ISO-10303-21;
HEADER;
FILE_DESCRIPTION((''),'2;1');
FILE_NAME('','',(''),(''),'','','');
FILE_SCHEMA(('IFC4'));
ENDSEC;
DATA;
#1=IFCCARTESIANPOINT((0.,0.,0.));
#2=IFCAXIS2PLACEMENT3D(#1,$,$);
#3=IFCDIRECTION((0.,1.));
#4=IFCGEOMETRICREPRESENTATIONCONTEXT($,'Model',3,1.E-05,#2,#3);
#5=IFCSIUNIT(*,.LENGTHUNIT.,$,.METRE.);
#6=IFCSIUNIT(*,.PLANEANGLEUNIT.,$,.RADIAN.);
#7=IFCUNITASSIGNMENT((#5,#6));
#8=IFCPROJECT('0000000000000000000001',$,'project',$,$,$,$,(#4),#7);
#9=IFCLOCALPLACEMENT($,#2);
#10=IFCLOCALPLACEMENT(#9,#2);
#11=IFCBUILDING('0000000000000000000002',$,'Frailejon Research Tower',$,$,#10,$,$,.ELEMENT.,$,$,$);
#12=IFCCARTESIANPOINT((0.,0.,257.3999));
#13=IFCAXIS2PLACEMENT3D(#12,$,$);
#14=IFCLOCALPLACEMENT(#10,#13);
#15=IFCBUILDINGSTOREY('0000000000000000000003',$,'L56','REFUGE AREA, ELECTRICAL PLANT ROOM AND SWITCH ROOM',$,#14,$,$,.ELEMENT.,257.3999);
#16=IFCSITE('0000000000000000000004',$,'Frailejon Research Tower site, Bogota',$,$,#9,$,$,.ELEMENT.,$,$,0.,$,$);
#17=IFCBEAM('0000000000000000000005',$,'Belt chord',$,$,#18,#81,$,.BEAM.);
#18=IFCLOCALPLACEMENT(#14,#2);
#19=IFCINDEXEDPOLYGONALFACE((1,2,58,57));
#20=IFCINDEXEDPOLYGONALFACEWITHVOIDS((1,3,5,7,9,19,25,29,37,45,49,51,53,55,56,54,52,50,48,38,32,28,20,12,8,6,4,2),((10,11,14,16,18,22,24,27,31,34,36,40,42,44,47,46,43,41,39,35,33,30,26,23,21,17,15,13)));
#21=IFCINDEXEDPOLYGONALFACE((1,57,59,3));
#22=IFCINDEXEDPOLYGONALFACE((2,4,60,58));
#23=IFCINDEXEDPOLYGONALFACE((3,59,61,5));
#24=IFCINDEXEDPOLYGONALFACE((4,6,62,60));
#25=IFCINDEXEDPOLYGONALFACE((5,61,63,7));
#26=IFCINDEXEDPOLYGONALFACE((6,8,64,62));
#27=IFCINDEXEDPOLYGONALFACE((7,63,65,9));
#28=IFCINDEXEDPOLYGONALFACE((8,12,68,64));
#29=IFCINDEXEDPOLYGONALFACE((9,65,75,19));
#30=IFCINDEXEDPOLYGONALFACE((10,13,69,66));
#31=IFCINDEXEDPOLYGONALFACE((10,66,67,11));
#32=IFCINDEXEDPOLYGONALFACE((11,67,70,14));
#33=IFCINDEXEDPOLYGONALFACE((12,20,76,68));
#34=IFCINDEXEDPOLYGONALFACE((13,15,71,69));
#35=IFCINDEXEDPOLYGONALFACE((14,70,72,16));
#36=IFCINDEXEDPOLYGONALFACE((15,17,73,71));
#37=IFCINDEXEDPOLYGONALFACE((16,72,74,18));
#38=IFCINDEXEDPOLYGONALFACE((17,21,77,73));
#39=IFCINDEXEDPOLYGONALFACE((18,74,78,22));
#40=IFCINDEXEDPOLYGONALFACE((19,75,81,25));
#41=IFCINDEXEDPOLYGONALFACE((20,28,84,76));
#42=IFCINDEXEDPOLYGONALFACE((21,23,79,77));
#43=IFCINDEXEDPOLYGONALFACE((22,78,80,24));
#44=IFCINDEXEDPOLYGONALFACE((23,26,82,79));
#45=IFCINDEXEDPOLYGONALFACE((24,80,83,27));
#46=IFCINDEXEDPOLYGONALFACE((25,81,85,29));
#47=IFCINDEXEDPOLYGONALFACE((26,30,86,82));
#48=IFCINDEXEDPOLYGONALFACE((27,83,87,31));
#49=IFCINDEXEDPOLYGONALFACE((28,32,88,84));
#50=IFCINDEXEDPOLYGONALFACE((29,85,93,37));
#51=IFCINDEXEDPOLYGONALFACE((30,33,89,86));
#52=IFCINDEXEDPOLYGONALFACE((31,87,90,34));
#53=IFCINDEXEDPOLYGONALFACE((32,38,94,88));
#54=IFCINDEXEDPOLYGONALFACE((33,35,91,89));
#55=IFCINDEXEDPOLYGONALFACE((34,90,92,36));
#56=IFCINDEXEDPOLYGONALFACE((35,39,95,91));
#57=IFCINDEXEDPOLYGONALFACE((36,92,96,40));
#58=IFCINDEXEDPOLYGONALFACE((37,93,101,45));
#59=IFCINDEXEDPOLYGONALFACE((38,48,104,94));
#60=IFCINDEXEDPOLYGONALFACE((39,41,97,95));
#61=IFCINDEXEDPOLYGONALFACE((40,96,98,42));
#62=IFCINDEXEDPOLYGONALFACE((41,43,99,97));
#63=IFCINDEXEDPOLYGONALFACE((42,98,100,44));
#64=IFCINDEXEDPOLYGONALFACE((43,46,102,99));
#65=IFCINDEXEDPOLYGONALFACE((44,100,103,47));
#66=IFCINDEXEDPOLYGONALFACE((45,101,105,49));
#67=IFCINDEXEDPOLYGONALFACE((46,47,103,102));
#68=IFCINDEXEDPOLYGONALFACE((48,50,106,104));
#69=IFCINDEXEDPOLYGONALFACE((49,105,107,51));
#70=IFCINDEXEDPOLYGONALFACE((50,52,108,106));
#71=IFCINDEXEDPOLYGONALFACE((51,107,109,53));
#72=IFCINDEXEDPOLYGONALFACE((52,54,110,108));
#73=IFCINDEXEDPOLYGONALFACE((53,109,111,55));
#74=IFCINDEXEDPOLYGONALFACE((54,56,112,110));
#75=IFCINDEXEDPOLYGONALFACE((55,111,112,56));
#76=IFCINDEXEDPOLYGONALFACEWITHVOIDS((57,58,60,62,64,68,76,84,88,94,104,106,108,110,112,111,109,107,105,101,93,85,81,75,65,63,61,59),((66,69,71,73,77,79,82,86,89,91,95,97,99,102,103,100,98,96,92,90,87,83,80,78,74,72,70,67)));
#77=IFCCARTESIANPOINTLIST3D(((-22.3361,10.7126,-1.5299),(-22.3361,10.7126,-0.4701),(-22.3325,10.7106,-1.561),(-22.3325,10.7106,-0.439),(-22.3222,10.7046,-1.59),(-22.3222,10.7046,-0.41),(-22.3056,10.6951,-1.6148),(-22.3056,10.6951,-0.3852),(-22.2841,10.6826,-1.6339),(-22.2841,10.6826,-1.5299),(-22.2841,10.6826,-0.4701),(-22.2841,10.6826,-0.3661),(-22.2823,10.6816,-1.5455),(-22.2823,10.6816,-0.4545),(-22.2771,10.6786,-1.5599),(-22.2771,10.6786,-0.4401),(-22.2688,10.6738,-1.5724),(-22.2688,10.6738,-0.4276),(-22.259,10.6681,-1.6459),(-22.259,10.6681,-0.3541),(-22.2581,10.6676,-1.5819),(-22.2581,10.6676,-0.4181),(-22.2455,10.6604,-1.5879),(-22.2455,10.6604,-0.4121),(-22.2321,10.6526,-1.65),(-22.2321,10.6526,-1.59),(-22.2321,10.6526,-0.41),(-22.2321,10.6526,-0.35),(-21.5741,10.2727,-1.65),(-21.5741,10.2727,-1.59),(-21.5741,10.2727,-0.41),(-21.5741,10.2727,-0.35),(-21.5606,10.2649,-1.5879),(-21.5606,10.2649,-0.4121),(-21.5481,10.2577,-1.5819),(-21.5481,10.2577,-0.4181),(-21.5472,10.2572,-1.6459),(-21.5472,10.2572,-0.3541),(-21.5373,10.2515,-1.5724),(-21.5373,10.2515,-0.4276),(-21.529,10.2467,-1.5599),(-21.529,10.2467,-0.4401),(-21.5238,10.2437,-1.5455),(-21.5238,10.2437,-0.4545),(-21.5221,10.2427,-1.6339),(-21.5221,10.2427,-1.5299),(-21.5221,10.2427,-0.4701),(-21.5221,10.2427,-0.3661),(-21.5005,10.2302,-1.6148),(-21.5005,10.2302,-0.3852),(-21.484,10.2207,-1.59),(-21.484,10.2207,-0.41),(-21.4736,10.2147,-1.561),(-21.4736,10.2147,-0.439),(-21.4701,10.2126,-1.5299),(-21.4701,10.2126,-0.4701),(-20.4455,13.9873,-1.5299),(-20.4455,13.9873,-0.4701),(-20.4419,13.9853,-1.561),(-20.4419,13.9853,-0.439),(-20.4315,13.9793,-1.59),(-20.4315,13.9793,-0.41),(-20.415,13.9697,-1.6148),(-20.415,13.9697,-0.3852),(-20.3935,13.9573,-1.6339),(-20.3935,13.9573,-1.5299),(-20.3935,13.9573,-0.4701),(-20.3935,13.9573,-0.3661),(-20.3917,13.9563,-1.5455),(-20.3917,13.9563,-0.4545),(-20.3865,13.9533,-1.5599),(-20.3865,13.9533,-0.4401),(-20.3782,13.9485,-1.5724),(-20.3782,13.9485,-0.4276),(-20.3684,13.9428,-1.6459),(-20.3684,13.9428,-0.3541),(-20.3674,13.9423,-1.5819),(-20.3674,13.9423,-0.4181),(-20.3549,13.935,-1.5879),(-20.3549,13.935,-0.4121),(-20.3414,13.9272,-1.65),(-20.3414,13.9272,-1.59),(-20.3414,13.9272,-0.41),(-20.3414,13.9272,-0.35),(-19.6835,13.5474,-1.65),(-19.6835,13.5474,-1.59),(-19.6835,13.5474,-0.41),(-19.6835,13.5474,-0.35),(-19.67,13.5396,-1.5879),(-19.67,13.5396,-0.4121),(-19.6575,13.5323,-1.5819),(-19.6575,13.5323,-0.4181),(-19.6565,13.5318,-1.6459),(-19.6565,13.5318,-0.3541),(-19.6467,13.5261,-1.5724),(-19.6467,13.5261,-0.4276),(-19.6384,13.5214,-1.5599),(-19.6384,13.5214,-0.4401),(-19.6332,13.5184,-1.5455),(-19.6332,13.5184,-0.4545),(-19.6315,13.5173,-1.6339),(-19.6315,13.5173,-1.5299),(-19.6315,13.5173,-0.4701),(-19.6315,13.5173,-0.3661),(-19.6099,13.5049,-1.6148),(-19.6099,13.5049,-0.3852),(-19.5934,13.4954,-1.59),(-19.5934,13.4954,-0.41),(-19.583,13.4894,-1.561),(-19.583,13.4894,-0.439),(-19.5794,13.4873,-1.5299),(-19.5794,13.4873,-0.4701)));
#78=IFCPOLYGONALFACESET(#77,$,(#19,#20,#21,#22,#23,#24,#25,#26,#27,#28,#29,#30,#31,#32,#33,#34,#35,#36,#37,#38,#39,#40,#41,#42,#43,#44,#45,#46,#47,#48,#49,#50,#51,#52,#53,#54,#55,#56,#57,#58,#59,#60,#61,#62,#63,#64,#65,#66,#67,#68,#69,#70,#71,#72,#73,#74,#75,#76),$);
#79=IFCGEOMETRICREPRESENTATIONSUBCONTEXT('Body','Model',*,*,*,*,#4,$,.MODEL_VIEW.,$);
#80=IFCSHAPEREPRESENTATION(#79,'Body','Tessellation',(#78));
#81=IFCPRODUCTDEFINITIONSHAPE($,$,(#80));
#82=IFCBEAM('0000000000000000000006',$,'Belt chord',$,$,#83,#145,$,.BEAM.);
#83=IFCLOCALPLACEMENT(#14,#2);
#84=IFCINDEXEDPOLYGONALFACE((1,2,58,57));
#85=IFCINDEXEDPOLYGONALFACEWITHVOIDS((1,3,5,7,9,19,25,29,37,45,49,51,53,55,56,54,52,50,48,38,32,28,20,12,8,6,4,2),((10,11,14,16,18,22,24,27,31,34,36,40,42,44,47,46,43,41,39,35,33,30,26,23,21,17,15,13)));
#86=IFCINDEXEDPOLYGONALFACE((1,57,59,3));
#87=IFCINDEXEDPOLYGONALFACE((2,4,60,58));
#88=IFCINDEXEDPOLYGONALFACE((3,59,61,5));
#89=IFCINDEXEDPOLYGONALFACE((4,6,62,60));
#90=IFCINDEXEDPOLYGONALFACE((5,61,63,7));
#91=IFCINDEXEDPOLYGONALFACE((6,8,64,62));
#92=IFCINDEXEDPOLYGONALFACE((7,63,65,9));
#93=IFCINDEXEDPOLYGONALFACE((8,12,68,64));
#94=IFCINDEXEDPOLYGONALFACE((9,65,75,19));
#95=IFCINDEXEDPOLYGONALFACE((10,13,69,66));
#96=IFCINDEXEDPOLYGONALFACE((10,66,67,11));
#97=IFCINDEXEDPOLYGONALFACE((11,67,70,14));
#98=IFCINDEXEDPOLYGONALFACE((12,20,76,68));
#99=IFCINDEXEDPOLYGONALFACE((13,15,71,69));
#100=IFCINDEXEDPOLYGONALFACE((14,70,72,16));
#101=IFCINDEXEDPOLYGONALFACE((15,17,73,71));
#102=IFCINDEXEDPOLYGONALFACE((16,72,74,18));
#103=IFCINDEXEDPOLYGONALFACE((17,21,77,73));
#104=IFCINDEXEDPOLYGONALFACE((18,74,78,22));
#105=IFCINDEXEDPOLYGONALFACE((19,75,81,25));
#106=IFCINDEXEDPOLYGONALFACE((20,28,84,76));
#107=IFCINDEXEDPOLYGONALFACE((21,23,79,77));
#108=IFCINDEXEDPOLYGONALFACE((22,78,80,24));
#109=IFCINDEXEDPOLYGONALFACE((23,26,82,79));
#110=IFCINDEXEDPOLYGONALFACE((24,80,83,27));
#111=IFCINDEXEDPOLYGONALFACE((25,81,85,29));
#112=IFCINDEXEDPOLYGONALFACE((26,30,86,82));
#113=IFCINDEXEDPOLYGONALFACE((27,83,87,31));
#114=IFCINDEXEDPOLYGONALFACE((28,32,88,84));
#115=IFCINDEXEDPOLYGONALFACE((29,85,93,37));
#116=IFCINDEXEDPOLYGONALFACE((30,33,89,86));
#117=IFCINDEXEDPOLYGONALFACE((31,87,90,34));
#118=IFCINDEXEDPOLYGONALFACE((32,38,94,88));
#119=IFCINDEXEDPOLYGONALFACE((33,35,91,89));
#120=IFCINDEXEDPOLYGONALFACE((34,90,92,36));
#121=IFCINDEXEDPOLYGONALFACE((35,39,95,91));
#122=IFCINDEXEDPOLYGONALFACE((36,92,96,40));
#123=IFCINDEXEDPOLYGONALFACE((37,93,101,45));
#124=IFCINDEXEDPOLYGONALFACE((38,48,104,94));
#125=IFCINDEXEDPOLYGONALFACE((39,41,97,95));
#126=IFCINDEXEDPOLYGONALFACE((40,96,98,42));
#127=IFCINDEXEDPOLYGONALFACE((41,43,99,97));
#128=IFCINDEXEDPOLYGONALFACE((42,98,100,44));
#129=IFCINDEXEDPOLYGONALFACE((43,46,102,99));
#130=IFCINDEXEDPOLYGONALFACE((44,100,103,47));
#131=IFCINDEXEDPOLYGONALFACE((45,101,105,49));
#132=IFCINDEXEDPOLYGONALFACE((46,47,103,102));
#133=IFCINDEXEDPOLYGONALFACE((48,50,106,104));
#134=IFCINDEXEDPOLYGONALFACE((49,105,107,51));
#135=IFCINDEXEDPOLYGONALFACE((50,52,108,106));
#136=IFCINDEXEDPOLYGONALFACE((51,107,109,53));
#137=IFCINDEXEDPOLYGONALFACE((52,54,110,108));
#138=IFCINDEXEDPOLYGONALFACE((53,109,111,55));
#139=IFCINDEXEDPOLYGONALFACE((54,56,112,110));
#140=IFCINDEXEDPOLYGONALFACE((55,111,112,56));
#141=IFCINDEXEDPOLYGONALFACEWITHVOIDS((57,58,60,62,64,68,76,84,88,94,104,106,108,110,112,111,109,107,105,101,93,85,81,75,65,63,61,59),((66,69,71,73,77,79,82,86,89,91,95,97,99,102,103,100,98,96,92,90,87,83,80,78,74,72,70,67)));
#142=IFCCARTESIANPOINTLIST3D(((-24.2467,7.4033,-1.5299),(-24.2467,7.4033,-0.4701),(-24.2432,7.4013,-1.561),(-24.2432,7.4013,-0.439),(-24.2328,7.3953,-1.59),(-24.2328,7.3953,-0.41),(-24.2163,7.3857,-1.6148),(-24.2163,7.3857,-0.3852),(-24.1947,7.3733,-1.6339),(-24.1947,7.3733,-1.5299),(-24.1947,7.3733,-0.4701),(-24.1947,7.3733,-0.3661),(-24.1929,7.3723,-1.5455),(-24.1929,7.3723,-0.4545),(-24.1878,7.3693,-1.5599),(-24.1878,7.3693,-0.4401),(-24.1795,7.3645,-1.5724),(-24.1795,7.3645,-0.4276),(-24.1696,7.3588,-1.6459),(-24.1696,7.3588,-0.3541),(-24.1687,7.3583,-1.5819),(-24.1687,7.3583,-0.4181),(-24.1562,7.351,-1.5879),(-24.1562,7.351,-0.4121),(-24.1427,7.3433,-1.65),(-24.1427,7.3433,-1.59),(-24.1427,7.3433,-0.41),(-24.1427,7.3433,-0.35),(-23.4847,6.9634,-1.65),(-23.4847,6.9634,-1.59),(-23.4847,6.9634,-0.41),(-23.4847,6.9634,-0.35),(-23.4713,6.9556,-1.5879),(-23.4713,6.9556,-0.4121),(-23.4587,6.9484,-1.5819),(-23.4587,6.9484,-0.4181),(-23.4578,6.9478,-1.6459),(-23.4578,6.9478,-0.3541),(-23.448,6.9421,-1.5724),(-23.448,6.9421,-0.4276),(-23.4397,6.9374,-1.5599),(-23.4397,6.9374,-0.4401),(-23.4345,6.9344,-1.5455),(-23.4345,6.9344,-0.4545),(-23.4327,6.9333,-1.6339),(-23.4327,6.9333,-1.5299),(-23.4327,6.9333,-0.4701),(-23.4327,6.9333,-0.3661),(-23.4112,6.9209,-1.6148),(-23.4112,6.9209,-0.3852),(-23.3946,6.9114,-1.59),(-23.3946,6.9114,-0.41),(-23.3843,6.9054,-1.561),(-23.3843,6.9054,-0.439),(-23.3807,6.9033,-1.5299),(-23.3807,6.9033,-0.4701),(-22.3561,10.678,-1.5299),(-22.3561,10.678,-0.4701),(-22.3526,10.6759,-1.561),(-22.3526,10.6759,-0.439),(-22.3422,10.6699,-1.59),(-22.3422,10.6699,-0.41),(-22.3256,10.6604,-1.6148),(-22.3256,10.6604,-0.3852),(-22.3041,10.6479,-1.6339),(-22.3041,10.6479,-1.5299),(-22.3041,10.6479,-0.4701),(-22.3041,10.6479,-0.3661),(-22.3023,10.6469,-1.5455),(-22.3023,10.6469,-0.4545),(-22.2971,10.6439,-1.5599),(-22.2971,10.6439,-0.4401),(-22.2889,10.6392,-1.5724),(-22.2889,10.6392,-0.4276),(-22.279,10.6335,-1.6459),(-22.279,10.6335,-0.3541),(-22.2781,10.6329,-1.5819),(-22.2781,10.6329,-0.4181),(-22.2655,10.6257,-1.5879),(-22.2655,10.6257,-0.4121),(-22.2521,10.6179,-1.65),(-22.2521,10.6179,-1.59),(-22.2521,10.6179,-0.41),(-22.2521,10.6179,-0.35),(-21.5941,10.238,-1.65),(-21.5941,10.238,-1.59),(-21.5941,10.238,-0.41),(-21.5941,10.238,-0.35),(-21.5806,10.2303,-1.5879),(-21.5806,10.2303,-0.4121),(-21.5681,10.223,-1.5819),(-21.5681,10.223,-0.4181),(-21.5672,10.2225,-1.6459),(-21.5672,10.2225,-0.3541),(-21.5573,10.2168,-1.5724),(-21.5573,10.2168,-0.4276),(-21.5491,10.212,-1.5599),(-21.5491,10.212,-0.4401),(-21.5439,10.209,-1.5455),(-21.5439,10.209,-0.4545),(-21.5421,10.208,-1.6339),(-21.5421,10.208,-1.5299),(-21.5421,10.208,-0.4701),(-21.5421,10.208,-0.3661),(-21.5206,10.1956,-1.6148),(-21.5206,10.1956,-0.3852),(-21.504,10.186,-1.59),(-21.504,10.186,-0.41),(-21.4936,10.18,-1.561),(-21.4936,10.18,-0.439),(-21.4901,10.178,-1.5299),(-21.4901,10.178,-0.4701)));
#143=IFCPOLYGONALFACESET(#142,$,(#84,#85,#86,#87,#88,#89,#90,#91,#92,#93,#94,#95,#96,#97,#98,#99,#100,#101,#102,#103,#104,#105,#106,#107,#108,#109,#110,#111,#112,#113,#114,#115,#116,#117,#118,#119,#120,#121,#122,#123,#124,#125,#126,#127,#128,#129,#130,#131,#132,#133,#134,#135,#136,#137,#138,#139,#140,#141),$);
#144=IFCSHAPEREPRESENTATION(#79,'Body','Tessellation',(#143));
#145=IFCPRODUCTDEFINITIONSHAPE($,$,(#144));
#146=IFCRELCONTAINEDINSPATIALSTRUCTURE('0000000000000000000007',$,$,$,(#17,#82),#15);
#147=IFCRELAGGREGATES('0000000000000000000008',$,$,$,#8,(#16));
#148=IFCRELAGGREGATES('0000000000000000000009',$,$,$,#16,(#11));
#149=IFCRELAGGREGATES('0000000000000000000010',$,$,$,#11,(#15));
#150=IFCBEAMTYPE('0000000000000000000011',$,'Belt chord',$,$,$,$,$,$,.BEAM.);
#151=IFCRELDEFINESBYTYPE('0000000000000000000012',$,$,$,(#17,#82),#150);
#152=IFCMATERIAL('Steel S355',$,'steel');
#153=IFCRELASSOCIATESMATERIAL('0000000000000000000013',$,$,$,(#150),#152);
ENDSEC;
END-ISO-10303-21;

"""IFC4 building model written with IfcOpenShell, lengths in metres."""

from ifc_helpers import new_model, si_unit, direction, frame, origin, origin_2d, place, context, subcontext, project, spatial, hollow_rectangle, extrude, material, material_profile, profile_set, type_object, element, save


model = new_model("IFC4")

# Units and contexts
model_context = context("Model", 3, precision=1e-05, world=origin(), true_north=direction((0.0, 1.0)))
body_context = subcontext(model_context, "Body", "Model", "MODEL_VIEW")
ifc_project = project(units=[si_unit("LENGTHUNIT", "METRE"), si_unit("PLANEANGLEUNIT", "RADIAN")], contexts=[model_context])

# Site, building, storey
site_placement = place(None, origin())
site = spatial("IfcSite", under=ifc_project, at=site_placement, Name="Frailejon Research Tower site, Bogota", CompositionType="ELEMENT", RefElevation=0.0)
building_placement = place(site_placement, origin())
building = spatial("IfcBuilding", under=site, at=building_placement, Name="Frailejon Research Tower", CompositionType="ELEMENT")
storey_placement = place(building_placement, frame((0.0, 0.0, 257.3999)))
storey = spatial("IfcBuildingStorey", under=building, at=storey_placement, Name="L56", Description="REFUGE AREA, ELECTRICAL PLANT ROOM AND SWITCH ROOM", CompositionType="ELEMENT", Elevation=257.3999)

# Beams
ifc_material_1 = material(Name="Steel S355", Category="steel")
ifc_material_profile_1 = material_profile(ifc_material_1, hollow_rectangle(XDim=1.0, YDim=1.3, WallThickness=0.0601, InnerFilletRadius=0.0601, OuterFilletRadius=0.1201, at=origin_2d()), Name="Belt chord")
ifc_profile_set_1 = profile_set([ifc_material_profile_1], Name="Steel S355")
beam_type_1 = type_object("IfcBeamType", Name="Belt chord", PredefinedType="BEAM", material=ifc_profile_set_1)
for number, where, z_axis, x_axis, name in (
    (1, (-20.0125, 13.7373, -1.0), (-0.5, -0.866025, 0.0), (0.866025, -0.5, 0.0), "Belt chord"),
    (2, (-21.9231, 10.428, -1.0), (-0.5, -0.866025, 0.0), (0.866025, -0.5, 0.0), "Belt chord"),
):
    element("IfcBeam", number, at=place(storey_placement, frame(where, z_axis=z_axis, x_axis=x_axis)), inside=storey, type_object=beam_type_1, Name=name, PredefinedType="BEAM", context=body_context, shape_type="SweptSolid", body=[
        extrude(hollow_rectangle(XDim=1.0, YDim=1.3, WallThickness=0.0601, InnerFilletRadius=0.0601, OuterFilletRadius=0.1201, at=origin_2d()), origin(), (0.0, 0.0, 1.0), 3.7812),
    ])

save(model, "model.ifc")
